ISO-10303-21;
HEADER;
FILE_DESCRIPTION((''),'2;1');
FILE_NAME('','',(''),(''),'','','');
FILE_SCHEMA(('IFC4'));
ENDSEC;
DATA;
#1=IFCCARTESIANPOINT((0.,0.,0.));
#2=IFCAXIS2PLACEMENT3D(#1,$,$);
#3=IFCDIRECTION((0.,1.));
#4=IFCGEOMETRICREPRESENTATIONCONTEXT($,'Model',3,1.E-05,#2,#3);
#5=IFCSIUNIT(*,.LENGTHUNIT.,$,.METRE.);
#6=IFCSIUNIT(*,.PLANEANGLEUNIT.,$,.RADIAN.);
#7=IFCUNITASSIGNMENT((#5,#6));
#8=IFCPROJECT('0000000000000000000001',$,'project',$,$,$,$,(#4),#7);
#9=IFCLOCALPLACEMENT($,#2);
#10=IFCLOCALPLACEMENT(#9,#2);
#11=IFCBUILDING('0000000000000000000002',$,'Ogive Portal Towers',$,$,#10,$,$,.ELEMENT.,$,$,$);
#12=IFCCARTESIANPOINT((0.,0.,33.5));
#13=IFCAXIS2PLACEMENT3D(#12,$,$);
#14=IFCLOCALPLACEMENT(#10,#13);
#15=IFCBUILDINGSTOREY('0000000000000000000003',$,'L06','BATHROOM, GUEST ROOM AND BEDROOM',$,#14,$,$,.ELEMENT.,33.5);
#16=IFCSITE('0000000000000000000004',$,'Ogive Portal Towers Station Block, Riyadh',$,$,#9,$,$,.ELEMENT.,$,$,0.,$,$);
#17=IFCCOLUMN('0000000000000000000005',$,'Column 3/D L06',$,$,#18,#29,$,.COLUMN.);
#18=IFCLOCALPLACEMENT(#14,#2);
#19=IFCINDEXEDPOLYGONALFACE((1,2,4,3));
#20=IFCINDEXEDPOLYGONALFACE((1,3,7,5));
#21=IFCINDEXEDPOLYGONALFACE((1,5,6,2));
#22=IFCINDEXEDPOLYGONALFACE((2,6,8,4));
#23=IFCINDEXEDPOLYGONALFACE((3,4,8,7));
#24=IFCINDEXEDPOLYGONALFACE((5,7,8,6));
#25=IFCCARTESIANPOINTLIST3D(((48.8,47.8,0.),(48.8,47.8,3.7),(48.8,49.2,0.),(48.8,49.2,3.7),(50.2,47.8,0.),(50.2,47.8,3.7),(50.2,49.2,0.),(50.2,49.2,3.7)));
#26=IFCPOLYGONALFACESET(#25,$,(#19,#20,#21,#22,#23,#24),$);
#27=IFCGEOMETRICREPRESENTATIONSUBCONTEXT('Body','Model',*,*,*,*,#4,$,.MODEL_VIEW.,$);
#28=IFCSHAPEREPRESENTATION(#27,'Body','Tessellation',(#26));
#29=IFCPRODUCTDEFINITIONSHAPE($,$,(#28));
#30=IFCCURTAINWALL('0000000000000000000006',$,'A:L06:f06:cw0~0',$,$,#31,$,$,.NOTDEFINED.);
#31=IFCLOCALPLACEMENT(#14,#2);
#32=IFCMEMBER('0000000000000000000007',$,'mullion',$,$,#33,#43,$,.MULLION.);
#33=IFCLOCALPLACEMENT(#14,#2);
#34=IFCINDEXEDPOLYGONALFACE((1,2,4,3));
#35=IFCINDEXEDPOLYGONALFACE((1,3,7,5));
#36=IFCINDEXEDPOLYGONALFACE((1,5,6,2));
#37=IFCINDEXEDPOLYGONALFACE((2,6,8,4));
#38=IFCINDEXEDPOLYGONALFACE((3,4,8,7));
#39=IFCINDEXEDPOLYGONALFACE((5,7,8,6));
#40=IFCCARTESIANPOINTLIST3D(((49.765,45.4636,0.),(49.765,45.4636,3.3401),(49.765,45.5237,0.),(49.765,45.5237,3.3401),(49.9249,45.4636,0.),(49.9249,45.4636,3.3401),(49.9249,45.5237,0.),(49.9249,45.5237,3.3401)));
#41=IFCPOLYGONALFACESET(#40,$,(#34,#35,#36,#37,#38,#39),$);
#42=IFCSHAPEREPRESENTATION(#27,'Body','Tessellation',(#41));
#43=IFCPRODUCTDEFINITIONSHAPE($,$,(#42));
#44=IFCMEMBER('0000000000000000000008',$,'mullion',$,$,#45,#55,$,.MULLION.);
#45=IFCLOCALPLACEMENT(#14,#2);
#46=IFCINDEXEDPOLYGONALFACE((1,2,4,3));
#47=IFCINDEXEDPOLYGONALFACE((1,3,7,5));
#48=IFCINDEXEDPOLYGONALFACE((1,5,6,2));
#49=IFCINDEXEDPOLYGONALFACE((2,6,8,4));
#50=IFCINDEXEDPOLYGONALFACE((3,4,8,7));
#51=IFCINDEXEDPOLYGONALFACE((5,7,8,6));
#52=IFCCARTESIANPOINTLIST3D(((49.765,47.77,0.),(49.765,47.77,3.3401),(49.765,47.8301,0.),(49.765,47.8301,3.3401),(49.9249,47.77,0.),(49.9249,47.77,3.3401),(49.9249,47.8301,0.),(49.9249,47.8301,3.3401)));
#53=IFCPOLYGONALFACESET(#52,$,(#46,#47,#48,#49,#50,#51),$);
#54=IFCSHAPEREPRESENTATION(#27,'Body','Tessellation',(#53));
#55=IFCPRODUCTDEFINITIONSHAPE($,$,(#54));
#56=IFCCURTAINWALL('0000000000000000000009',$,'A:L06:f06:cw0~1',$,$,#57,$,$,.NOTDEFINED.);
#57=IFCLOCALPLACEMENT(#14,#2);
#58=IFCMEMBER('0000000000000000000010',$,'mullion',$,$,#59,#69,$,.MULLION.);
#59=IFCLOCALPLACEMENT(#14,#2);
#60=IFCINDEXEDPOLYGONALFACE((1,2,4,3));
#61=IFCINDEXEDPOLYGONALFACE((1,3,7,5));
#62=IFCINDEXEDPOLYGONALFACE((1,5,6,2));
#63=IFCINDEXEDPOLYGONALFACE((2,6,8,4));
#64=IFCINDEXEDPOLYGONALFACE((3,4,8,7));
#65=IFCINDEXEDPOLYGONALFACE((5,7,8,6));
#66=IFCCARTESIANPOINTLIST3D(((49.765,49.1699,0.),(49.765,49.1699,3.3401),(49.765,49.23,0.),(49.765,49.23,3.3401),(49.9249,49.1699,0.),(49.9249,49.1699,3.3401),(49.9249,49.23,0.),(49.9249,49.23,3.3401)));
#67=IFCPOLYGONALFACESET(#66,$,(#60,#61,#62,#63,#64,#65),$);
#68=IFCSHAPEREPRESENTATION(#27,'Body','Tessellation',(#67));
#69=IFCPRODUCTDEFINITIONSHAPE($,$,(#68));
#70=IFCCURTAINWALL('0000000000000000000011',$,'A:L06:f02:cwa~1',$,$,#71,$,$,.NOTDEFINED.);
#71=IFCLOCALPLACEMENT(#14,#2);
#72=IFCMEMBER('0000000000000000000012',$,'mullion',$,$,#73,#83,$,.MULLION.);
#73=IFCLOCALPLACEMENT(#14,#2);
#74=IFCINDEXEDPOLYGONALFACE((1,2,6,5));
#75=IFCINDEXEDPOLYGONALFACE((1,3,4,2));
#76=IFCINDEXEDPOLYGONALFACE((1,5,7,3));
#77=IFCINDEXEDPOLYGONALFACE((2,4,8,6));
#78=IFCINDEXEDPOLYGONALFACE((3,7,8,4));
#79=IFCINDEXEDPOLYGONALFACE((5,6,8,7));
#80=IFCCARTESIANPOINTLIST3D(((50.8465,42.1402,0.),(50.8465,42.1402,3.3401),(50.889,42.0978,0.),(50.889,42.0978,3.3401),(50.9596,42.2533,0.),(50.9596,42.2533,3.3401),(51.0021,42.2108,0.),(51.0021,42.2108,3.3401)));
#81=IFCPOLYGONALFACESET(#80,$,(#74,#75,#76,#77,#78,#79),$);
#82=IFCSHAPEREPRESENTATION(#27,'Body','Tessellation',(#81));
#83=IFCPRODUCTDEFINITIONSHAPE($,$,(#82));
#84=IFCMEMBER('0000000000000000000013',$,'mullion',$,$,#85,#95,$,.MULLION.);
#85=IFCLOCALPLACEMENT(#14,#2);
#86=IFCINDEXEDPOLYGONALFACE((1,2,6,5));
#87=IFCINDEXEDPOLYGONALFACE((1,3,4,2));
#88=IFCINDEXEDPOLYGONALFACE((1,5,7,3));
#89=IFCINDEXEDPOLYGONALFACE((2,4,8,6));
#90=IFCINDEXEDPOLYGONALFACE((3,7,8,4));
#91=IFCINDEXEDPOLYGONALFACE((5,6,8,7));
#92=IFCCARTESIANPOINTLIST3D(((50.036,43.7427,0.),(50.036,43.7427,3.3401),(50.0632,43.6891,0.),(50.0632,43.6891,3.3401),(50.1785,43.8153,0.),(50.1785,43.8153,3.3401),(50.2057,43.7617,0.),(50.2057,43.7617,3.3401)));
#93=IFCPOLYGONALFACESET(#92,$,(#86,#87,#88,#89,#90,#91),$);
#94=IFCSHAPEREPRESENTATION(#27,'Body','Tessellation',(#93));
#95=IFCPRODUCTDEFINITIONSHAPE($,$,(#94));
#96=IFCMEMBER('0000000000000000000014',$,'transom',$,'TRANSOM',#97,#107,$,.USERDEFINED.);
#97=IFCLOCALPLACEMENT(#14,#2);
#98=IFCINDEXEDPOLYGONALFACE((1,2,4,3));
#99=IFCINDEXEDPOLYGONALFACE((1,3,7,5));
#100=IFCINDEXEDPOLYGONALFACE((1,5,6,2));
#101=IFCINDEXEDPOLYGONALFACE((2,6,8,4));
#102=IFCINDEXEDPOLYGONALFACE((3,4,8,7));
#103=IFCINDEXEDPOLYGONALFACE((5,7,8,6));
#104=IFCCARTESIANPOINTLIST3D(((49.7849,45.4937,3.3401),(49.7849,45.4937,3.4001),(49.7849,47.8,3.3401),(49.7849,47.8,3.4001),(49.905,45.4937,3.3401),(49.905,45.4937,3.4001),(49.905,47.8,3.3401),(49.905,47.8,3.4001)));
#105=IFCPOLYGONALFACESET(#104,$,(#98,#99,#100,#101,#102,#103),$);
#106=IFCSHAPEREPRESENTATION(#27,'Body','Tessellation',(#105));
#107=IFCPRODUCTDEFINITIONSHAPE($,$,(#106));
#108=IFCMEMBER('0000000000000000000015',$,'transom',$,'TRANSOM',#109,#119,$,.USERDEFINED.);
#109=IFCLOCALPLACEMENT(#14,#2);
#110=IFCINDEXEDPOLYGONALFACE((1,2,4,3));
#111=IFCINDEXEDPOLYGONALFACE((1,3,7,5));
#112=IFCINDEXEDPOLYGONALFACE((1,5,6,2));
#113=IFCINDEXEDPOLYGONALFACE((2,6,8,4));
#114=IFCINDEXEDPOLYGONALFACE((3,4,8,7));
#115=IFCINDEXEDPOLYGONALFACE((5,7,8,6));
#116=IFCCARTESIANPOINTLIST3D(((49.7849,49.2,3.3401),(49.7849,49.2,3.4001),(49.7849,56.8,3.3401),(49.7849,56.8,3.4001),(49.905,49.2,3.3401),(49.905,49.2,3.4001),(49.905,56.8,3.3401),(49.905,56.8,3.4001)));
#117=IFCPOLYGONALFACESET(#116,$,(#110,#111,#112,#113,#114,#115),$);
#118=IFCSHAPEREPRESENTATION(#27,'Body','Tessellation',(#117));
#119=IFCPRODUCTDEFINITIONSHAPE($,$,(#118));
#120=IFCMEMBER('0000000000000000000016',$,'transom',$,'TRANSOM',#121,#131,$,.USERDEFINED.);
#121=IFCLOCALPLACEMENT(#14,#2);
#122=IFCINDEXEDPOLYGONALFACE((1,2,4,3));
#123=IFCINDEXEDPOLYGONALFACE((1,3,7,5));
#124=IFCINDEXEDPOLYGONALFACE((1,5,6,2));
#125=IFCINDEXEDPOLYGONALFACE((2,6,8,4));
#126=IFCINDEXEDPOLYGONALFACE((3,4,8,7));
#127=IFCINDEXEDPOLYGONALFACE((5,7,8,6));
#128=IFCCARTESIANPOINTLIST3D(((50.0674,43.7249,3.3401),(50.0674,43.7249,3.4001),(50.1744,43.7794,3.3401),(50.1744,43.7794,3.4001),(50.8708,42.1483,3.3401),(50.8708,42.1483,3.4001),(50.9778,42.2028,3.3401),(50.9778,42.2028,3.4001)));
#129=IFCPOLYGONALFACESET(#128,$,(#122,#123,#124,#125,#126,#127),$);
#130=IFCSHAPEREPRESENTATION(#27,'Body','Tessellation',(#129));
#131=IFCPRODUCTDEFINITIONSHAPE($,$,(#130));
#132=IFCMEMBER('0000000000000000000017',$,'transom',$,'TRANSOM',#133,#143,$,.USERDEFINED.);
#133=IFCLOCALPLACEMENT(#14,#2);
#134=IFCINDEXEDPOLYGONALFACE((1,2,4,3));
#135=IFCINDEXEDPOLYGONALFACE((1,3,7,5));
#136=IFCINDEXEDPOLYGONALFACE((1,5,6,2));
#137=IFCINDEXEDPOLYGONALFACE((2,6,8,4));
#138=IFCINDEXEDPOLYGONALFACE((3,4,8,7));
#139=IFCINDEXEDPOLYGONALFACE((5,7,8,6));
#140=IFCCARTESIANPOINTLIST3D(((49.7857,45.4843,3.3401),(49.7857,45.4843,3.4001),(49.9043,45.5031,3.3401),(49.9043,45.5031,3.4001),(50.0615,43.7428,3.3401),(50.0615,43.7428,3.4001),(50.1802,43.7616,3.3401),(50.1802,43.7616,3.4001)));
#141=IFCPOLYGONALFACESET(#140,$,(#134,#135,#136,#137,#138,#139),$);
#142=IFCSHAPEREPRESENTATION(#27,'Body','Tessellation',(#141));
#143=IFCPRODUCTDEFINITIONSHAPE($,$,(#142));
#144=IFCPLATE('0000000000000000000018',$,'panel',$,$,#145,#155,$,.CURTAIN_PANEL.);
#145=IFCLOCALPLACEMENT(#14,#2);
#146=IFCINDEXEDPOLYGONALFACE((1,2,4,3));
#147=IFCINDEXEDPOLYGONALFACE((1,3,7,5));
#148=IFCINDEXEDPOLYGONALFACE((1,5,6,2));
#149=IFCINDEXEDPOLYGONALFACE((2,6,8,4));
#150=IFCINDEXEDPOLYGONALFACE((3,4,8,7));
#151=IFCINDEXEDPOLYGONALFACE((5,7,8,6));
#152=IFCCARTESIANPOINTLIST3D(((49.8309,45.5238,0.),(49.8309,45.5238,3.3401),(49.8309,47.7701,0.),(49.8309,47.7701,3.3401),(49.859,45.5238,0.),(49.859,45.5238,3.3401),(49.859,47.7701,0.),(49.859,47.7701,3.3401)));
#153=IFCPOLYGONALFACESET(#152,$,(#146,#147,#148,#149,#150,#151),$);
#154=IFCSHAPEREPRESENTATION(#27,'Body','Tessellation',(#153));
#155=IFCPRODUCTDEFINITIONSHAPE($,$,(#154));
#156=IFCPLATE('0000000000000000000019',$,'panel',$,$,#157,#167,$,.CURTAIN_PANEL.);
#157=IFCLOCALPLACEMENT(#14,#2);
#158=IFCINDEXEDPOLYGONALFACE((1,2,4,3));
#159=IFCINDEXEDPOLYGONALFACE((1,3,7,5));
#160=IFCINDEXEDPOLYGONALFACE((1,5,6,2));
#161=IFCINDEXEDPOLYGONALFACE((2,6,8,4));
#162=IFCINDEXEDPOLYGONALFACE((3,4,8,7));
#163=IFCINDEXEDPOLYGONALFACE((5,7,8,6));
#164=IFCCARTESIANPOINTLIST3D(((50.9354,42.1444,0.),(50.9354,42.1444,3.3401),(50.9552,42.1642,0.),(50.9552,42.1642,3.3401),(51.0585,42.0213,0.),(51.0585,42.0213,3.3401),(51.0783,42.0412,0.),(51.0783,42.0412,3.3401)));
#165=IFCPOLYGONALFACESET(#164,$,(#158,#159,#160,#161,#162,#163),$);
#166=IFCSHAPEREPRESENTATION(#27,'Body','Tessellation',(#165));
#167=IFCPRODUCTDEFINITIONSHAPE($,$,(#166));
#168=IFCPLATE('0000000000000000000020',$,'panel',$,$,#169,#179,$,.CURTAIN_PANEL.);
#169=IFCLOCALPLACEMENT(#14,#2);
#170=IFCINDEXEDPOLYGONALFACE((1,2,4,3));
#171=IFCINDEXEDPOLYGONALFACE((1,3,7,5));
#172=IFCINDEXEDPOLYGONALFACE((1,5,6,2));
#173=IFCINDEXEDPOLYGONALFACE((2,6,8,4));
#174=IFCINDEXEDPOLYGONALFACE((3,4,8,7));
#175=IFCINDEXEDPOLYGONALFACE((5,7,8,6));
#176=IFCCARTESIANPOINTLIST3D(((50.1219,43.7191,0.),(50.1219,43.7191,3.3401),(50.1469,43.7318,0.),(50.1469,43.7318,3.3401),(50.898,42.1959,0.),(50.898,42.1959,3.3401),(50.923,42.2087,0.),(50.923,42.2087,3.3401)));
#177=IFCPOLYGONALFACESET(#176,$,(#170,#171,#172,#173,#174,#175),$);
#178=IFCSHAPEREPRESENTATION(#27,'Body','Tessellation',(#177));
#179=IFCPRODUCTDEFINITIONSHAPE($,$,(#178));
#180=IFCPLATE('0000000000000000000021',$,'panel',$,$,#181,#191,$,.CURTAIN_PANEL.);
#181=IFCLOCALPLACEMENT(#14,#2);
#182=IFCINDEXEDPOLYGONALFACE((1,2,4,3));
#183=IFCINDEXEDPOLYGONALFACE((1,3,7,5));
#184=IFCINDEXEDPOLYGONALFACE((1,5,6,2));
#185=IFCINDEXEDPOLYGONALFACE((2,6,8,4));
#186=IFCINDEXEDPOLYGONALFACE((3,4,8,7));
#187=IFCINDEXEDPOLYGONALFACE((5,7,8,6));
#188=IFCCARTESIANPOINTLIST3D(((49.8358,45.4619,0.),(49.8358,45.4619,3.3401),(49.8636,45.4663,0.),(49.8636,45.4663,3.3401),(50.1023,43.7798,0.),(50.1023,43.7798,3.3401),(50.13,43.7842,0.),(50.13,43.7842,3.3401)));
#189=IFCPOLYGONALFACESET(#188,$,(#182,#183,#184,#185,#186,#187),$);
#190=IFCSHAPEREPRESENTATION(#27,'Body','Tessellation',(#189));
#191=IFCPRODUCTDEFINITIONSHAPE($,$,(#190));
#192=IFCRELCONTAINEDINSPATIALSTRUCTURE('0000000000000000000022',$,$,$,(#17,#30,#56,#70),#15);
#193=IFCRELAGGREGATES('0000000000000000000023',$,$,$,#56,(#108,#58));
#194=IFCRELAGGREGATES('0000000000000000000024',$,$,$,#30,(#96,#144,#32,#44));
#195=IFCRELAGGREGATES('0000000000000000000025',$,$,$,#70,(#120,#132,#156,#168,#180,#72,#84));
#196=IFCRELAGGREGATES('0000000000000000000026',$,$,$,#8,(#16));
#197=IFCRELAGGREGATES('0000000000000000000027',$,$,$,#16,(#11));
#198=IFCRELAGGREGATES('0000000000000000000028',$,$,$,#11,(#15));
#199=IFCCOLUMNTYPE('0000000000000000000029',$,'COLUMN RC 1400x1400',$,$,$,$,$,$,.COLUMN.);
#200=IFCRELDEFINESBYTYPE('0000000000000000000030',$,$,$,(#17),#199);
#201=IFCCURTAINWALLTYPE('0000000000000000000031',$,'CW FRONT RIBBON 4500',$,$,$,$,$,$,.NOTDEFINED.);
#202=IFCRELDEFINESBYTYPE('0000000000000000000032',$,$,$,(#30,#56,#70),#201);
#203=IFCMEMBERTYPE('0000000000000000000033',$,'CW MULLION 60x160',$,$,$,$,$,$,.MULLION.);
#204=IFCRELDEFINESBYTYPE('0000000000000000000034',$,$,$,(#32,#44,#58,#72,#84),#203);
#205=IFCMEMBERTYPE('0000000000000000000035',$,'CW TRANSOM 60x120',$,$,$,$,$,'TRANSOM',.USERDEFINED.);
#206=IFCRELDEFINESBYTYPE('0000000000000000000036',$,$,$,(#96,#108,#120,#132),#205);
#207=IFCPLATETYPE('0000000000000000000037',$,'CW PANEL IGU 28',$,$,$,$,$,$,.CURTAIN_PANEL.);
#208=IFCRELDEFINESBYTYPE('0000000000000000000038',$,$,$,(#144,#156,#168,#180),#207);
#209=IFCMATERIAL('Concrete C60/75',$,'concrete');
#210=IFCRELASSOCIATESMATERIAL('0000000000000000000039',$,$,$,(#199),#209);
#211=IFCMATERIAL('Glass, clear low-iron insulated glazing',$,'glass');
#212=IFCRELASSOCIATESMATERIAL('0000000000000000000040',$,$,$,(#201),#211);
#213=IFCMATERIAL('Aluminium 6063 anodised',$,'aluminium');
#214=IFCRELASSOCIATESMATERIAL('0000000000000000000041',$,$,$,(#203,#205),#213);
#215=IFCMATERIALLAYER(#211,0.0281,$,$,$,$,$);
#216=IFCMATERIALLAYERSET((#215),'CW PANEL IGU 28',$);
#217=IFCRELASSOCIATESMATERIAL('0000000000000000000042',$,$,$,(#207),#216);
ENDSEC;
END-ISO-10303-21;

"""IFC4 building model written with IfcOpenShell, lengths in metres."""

from ifc_helpers import new_model, si_unit, direction, frame, origin, origin_2d, place, context, subcontext, project, spatial, rectangle, extrude, material, layer, layer_set, material_profile, profile_set, type_object, element, aggregate, save


model = new_model("IFC4")

# Units and contexts
model_context = context("Model", 3, precision=1e-05, world=origin(), true_north=direction((0.0, 1.0)))
body_context = subcontext(model_context, "Body", "Model", "MODEL_VIEW")
ifc_project = project(units=[si_unit("LENGTHUNIT", "METRE"), si_unit("PLANEANGLEUNIT", "RADIAN")], contexts=[model_context])

# Site, building, storey
site_placement = place(None, origin())
site = spatial("IfcSite", under=ifc_project, at=site_placement, Name="Ogive Portal Towers Station Block, Riyadh", CompositionType="ELEMENT", RefElevation=0.0)
building_placement = place(site_placement, origin())
building = spatial("IfcBuilding", under=site, at=building_placement, Name="Ogive Portal Towers", CompositionType="ELEMENT")
storey_placement = place(building_placement, frame((0.0, 0.0, 33.5)))
storey = spatial("IfcBuildingStorey", under=building, at=storey_placement, Name="L06", Description="BATHROOM, GUEST ROOM AND BEDROOM", CompositionType="ELEMENT", Elevation=33.5)

# Column
ifc_material_1 = material(Name="Concrete C60/75", Category="concrete")
ifc_material_profile_1 = material_profile(ifc_material_1, rectangle(XDim=1.3999, YDim=1.3999, at=origin_2d()), Name="RC 1400x1400")
ifc_profile_set_1 = profile_set([ifc_material_profile_1], Name="Concrete C60/75")
column_type = type_object("IfcColumnType", Name="COLUMN RC 1400x1400", PredefinedType="COLUMN", material=ifc_profile_set_1)
column_placement = place(storey_placement, frame((49.5, 48.5, 0.0), z_axis=(0.0, 0.0, 1.0), x_axis=(1.0, 0.0, 0.0)))
element("IfcColumn", 1, at=column_placement, inside=storey, type_object=column_type, Name="Column 3/D L06", PredefinedType="COLUMN", context=body_context, shape_type="SweptSolid", body=[
    extrude(rectangle(XDim=1.3999, YDim=1.3999, at=origin_2d()), origin(), (0.0, 0.0, 1.0), 3.7),
])

# Curtain wall, members
ifc_material_2 = material(Name="Glass, clear low-iron insulated glazing", Category="glass")
curtain_wall_type = type_object("IfcCurtainWallType", Name="CW FRONT RIBBON 4500", PredefinedType="NOTDEFINED", material=ifc_material_2)
curtain_wall_1_placement = place(storey_placement, origin())
curtain_wall_1 = element("IfcCurtainWall", 2, at=curtain_wall_1_placement, inside=storey, type_object=curtain_wall_type, Name="A:L06:f06:cw0~0", PredefinedType="NOTDEFINED")
ifc_material_3 = material(Name="Aluminium 6063 anodised", Category="aluminium")
ifc_material_profile_2 = material_profile(ifc_material_3, rectangle(XDim=0.1599, YDim=0.0601, at=origin_2d()), Name="AL 60x160")
ifc_profile_set_2 = profile_set([ifc_material_profile_2], Name="Aluminium 6063 anodised")
member_type_1 = type_object("IfcMemberType", Name="CW MULLION 60x160", PredefinedType="MULLION", material=ifc_profile_set_2)
member_1_placement = place(storey_placement, frame((49.845, 45.4937, 0.0), z_axis=(0.0, 0.0, 1.0), x_axis=(-1.0, 0.0, 0.0)))
member_1 = element("IfcMember", 3, at=member_1_placement, type_object=member_type_1, Name="mullion", PredefinedType="MULLION", context=body_context, shape_type="SweptSolid", body=[
    extrude(rectangle(XDim=0.1599, YDim=0.0601, at=origin_2d()), origin(), (0.0, 0.0, 1.0), 3.3401),
])
member_2_placement = place(storey_placement, frame((49.845, 47.8, 0.0), z_axis=(0.0, 0.0, 1.0), x_axis=(-1.0, 0.0, 0.0)))
member_2 = element("IfcMember", 4, at=member_2_placement, type_object=member_type_1, Name="mullion", PredefinedType="MULLION", context=body_context, shape_type="SweptSolid", body=[
    extrude(rectangle(XDim=0.1599, YDim=0.0601, at=origin_2d()), origin(), (0.0, 0.0, 1.0), 3.3401),
])

# Curtain wall, member
curtain_wall_2_placement = place(storey_placement, origin())
curtain_wall_2 = element("IfcCurtainWall", 5, at=curtain_wall_2_placement, inside=storey, type_object=curtain_wall_type, Name="A:L06:f06:cw0~1", PredefinedType="NOTDEFINED")
member_3_placement = place(storey_placement, frame((49.845, 49.2, 0.0), z_axis=(0.0, 0.0, 1.0), x_axis=(-1.0, 0.0, 0.0)))
member_3 = element("IfcMember", 6, at=member_3_placement, type_object=member_type_1, Name="mullion", PredefinedType="MULLION", context=body_context, shape_type="SweptSolid", body=[
    extrude(rectangle(XDim=0.1599, YDim=0.0601, at=origin_2d()), origin(), (0.0, 0.0, 1.0), 3.3401),
])

# Curtain wall, members
curtain_wall_3_placement = place(storey_placement, origin())
curtain_wall_3 = element("IfcCurtainWall", 7, at=curtain_wall_3_placement, inside=storey, type_object=curtain_wall_type, Name="A:L06:f02:cwa~1", PredefinedType="NOTDEFINED")
member_4_placement = place(storey_placement, frame((50.9243, 42.1755, 0.0), z_axis=(0.0, 0.0, 1.0), x_axis=(-0.707107, -0.707107, 0.0)))
member_4 = element("IfcMember", 8, at=member_4_placement, type_object=member_type_1, Name="mullion", PredefinedType="MULLION", context=body_context, shape_type="SweptSolid", body=[
    extrude(rectangle(XDim=0.1599, YDim=0.0601, at=origin_2d()), origin(), (0.0, 0.0, 1.0), 3.3401),
])
member_5_placement = place(storey_placement, frame((50.1208, 43.7522, 0.0), z_axis=(0.0, 0.0, 1.0), x_axis=(-0.891007, -0.45399, 0.0)))
member_5 = element("IfcMember", 9, at=member_5_placement, type_object=member_type_1, Name="mullion", PredefinedType="MULLION", context=body_context, shape_type="SweptSolid", body=[
    extrude(rectangle(XDim=0.1599, YDim=0.0601, at=origin_2d()), origin(), (0.0, 0.0, 1.0), 3.3401),
])

# Members
ifc_material_profile_3 = material_profile(ifc_material_3, rectangle(XDim=0.1201, YDim=0.0601, at=origin_2d()), Name="AL 120x60")
ifc_profile_set_3 = profile_set([ifc_material_profile_3], Name="Aluminium 6063 anodised")
member_type_2 = type_object("IfcMemberType", Name="CW TRANSOM 60x120", ElementType="TRANSOM", PredefinedType="USERDEFINED", material=ifc_profile_set_3)
member_6_placement = place(storey_placement, frame((49.845, 45.4937, 3.3701), z_axis=(0.0, 1.0, 0.0), x_axis=(-1.0, 0.0, 0.0)))
member_6 = element("IfcMember", 10, at=member_6_placement, type_object=member_type_2, Name="transom", ObjectType="TRANSOM", PredefinedType="USERDEFINED", context=body_context, shape_type="SweptSolid", body=[
    extrude(rectangle(XDim=0.1201, YDim=0.0601, at=origin_2d()), origin(), (0.0, 0.0, 1.0), 2.3064),
])
member_7_placement = place(storey_placement, frame((49.845, 49.2, 3.3701), z_axis=(0.0, 1.0, 0.0), x_axis=(-1.0, 0.0, 0.0)))
member_7 = element("IfcMember", 11, at=member_7_placement, type_object=member_type_2, Name="transom", ObjectType="TRANSOM", PredefinedType="USERDEFINED", context=body_context, shape_type="SweptSolid", body=[
    extrude(rectangle(XDim=0.1201, YDim=0.0601, at=origin_2d()), origin(), (0.0, 0.0, 1.0), 7.6001),
])
aggregate(curtain_wall_2, [member_7, member_3])
member_8_placement = place(storey_placement, frame((50.9243, 42.1755, 3.3701), z_axis=(-0.454044, 0.890979, 0.0), x_axis=(-0.890979, -0.454044, 0.0)))
member_8 = element("IfcMember", 12, at=member_8_placement, type_object=member_type_2, Name="transom", ObjectType="TRANSOM", PredefinedType="USERDEFINED", context=body_context, shape_type="SweptSolid", body=[
    extrude(rectangle(XDim=0.1201, YDim=0.0601, at=origin_2d()), origin(), (0.0, 0.0, 1.0), 1.7695),
])
member_9_placement = place(storey_placement, frame((50.1208, 43.7522, 3.3701), z_axis=(-0.156467, 0.987683, 0.0), x_axis=(-0.987683, -0.156467, 0.0)))
member_9 = element("IfcMember", 13, at=member_9_placement, type_object=member_type_2, Name="transom", ObjectType="TRANSOM", PredefinedType="USERDEFINED", context=body_context, shape_type="SweptSolid", body=[
    extrude(rectangle(XDim=0.1201, YDim=0.0601, at=origin_2d()), origin(), (0.0, 0.0, 1.0), 1.7632),
])

# Plates
ifc_layer_1 = layer(ifc_material_2, 0.0281)
ifc_layer_set_1 = layer_set([ifc_layer_1], Name="CW PANEL IGU 28")
plate_type = type_object("IfcPlateType", Name="CW PANEL IGU 28", PredefinedType="CURTAIN_PANEL", material=ifc_layer_set_1)
plate_1_placement = place(storey_placement, frame((49.845, 46.647, 0.0), z_axis=(0.0, 0.0, 1.0), x_axis=(0.0, 1.0, 0.0)))
plate_1 = element("IfcPlate", 14, at=plate_1_placement, type_object=plate_type, Name="panel", PredefinedType="CURTAIN_PANEL", context=body_context, shape_type="SweptSolid", body=[
    extrude(rectangle(XDim=2.2463, YDim=0.0281, at=origin_2d()), origin(), (0.0, 0.0, 1.0), 3.3401),
])
aggregate(curtain_wall_1, [member_6, plate_1, member_1, member_2])
plate_2_placement = place(storey_placement, frame((51.0068, 42.0928, 0.0), z_axis=(0.0, 0.0, 1.0), x_axis=(-0.707107, 0.707107, 0.0)))
plate_2 = element("IfcPlate", 15, at=plate_2_placement, type_object=plate_type, Name="panel", PredefinedType="CURTAIN_PANEL", context=body_context, shape_type="SweptSolid", body=[
    extrude(rectangle(XDim=0.1741, YDim=0.0281, at=origin_2d()), origin(), (0.0, 0.0, 1.0), 3.3401),
])
plate_3_placement = place(storey_placement, frame((50.5225, 42.9639, 0.0), z_axis=(0.0, 0.0, 1.0), x_axis=(-0.45399, 0.891007, 0.0)))
plate_3 = element("IfcPlate", 16, at=plate_3_placement, type_object=plate_type, Name="panel", PredefinedType="CURTAIN_PANEL", context=body_context, shape_type="SweptSolid", body=[
    extrude(rectangle(XDim=1.7095, YDim=0.0281, at=origin_2d()), origin(), (0.0, 0.0, 1.0), 3.3401),
])
plate_4_placement = place(storey_placement, frame((49.9829, 44.623, 0.0), z_axis=(0.0, 0.0, 1.0), x_axis=(-0.156434, 0.987688, 0.0)))
plate_4 = element("IfcPlate", 17, at=plate_4_placement, type_object=plate_type, Name="panel", PredefinedType="CURTAIN_PANEL", context=body_context, shape_type="SweptSolid", body=[
    extrude(rectangle(XDim=1.7031, YDim=0.0281, at=origin_2d()), origin(), (0.0, 0.0, 1.0), 3.3401),
])
aggregate(curtain_wall_3, [member_8, member_9, plate_2, plate_3, plate_4, member_4, member_5])

save(model, "model.ifc")
